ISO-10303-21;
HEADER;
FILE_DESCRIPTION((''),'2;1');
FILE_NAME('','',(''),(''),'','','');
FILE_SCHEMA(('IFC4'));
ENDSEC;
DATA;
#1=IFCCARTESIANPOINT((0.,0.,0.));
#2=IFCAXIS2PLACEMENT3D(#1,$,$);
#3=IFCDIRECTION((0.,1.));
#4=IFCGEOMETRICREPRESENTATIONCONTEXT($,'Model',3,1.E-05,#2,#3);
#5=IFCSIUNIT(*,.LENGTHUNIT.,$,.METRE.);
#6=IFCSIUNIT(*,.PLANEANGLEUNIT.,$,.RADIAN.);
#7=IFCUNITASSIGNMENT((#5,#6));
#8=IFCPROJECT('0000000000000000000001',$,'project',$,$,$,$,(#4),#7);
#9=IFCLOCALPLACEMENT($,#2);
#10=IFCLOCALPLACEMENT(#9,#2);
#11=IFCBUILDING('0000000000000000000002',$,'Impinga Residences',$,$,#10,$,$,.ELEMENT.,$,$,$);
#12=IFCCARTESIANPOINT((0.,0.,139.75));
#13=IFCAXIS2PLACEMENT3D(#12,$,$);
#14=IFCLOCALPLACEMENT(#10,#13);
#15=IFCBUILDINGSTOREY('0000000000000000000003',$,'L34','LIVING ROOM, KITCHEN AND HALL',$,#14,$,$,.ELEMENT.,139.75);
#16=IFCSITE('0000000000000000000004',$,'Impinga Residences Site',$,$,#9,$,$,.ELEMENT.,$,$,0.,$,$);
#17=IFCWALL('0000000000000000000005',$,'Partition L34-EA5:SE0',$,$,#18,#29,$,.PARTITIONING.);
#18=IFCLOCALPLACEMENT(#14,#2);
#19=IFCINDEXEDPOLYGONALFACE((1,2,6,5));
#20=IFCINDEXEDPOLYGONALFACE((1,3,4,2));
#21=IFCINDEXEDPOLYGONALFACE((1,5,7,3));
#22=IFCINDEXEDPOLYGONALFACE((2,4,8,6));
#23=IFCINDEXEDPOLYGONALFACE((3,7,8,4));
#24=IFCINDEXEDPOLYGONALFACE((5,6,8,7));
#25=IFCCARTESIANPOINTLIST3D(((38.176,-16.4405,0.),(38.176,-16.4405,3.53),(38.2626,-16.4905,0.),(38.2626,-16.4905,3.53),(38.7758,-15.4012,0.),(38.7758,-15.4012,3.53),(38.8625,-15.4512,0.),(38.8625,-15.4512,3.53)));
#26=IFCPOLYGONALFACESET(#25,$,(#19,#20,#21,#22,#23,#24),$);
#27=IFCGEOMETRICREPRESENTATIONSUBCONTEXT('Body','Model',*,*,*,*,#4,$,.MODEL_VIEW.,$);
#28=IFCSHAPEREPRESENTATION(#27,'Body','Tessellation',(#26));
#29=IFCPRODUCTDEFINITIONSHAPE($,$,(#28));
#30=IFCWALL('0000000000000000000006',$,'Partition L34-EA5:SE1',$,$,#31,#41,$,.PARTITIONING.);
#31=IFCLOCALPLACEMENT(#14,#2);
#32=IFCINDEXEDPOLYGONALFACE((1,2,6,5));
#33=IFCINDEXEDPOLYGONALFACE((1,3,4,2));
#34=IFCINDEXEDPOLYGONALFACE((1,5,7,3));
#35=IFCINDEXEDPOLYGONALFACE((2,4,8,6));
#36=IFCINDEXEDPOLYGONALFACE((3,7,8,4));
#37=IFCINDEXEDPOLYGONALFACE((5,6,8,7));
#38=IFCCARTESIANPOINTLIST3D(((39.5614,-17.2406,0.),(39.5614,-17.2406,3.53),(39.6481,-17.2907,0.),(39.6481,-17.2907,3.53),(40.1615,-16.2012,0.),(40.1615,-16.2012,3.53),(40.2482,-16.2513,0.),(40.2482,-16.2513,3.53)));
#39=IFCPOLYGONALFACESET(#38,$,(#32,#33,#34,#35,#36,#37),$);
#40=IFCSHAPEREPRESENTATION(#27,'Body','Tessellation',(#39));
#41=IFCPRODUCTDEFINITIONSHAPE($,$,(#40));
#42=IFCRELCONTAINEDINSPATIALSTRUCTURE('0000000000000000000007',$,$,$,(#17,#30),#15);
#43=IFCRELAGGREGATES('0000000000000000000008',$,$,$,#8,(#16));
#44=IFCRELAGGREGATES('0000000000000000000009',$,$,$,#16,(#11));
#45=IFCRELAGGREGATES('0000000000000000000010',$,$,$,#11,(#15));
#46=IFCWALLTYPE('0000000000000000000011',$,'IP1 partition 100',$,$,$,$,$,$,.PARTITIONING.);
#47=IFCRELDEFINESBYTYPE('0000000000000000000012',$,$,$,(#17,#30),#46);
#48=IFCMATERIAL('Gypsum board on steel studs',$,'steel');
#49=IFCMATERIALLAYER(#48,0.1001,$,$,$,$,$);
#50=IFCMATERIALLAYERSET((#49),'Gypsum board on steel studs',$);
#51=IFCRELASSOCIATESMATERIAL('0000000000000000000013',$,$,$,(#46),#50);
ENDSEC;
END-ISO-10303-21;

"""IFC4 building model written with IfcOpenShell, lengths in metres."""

from ifc_helpers import new_model, si_unit, direction, frame, frame_2d, origin, place, context, subcontext, project, spatial, rectangle, extrude, material, layer, layer_set, type_object, element, save


model = new_model("IFC4")

# Units and contexts
model_context = context("Model", 3, precision=1e-05, world=origin(), true_north=direction((0.0, 1.0)))
body_context = subcontext(model_context, "Body", "Model", "MODEL_VIEW")
ifc_project = project(units=[si_unit("LENGTHUNIT", "METRE"), si_unit("PLANEANGLEUNIT", "RADIAN")], contexts=[model_context])

# Site, building, storey
site_placement = place(None, origin())
site = spatial("IfcSite", under=ifc_project, at=site_placement, Name="Impinga Residences Site", CompositionType="ELEMENT", RefElevation=0.0)
building_placement = place(site_placement, origin())
building = spatial("IfcBuilding", under=site, at=building_placement, Name="Impinga Residences", CompositionType="ELEMENT")
storey_placement = place(building_placement, frame((0.0, 0.0, 139.75)))
storey = spatial("IfcBuildingStorey", under=building, at=storey_placement, Name="L34", Description="LIVING ROOM, KITCHEN AND HALL", CompositionType="ELEMENT", Elevation=139.75)

# Shared definitions
ifc_material_1 = material(Name="Gypsum board on steel studs", Category="steel")
ifc_layer_1 = layer(ifc_material_1, 0.1001)
ifc_layer_set_1 = layer_set([ifc_layer_1], Name="Gypsum board on steel studs")
wall_type_1 = type_object("IfcWallType", Name="IP1 partition 100", PredefinedType="PARTITIONING", material=ifc_layer_set_1)

# Walls
wall_1_placement = place(storey_placement, frame((38.2192, -16.4656, 0.0), z_axis=(0.0, 0.0, 1.0), x_axis=(0.499881, 0.866094, 0.0)))
element("IfcWall", 1, at=wall_1_placement, inside=storey, type_object=wall_type_1, Name="Partition L34-EA5:SE0", PredefinedType="PARTITIONING", context=body_context, shape_type="SweptSolid", body=[
    extrude(rectangle(XDim=1.2, YDim=0.1001, at=frame_2d((0.6001, 0.0))), origin(), (0.0, 0.0, 1.0), 3.53),
])
wall_2_placement = place(storey_placement, frame((39.6047, -17.2656, 0.0), z_axis=(0.0, 0.0, 1.0), x_axis=(0.500034, 0.866006, 0.0)))
element("IfcWall", 2, at=wall_2_placement, inside=storey, type_object=wall_type_1, Name="Partition L34-EA5:SE1", PredefinedType="PARTITIONING", context=body_context, shape_type="SweptSolid", body=[
    extrude(rectangle(XDim=1.2002, YDim=0.1001, at=frame_2d((0.6001, 0.0))), origin(), (0.0, 0.0, 1.0), 3.53),
])

save(model, "model.ifc")
